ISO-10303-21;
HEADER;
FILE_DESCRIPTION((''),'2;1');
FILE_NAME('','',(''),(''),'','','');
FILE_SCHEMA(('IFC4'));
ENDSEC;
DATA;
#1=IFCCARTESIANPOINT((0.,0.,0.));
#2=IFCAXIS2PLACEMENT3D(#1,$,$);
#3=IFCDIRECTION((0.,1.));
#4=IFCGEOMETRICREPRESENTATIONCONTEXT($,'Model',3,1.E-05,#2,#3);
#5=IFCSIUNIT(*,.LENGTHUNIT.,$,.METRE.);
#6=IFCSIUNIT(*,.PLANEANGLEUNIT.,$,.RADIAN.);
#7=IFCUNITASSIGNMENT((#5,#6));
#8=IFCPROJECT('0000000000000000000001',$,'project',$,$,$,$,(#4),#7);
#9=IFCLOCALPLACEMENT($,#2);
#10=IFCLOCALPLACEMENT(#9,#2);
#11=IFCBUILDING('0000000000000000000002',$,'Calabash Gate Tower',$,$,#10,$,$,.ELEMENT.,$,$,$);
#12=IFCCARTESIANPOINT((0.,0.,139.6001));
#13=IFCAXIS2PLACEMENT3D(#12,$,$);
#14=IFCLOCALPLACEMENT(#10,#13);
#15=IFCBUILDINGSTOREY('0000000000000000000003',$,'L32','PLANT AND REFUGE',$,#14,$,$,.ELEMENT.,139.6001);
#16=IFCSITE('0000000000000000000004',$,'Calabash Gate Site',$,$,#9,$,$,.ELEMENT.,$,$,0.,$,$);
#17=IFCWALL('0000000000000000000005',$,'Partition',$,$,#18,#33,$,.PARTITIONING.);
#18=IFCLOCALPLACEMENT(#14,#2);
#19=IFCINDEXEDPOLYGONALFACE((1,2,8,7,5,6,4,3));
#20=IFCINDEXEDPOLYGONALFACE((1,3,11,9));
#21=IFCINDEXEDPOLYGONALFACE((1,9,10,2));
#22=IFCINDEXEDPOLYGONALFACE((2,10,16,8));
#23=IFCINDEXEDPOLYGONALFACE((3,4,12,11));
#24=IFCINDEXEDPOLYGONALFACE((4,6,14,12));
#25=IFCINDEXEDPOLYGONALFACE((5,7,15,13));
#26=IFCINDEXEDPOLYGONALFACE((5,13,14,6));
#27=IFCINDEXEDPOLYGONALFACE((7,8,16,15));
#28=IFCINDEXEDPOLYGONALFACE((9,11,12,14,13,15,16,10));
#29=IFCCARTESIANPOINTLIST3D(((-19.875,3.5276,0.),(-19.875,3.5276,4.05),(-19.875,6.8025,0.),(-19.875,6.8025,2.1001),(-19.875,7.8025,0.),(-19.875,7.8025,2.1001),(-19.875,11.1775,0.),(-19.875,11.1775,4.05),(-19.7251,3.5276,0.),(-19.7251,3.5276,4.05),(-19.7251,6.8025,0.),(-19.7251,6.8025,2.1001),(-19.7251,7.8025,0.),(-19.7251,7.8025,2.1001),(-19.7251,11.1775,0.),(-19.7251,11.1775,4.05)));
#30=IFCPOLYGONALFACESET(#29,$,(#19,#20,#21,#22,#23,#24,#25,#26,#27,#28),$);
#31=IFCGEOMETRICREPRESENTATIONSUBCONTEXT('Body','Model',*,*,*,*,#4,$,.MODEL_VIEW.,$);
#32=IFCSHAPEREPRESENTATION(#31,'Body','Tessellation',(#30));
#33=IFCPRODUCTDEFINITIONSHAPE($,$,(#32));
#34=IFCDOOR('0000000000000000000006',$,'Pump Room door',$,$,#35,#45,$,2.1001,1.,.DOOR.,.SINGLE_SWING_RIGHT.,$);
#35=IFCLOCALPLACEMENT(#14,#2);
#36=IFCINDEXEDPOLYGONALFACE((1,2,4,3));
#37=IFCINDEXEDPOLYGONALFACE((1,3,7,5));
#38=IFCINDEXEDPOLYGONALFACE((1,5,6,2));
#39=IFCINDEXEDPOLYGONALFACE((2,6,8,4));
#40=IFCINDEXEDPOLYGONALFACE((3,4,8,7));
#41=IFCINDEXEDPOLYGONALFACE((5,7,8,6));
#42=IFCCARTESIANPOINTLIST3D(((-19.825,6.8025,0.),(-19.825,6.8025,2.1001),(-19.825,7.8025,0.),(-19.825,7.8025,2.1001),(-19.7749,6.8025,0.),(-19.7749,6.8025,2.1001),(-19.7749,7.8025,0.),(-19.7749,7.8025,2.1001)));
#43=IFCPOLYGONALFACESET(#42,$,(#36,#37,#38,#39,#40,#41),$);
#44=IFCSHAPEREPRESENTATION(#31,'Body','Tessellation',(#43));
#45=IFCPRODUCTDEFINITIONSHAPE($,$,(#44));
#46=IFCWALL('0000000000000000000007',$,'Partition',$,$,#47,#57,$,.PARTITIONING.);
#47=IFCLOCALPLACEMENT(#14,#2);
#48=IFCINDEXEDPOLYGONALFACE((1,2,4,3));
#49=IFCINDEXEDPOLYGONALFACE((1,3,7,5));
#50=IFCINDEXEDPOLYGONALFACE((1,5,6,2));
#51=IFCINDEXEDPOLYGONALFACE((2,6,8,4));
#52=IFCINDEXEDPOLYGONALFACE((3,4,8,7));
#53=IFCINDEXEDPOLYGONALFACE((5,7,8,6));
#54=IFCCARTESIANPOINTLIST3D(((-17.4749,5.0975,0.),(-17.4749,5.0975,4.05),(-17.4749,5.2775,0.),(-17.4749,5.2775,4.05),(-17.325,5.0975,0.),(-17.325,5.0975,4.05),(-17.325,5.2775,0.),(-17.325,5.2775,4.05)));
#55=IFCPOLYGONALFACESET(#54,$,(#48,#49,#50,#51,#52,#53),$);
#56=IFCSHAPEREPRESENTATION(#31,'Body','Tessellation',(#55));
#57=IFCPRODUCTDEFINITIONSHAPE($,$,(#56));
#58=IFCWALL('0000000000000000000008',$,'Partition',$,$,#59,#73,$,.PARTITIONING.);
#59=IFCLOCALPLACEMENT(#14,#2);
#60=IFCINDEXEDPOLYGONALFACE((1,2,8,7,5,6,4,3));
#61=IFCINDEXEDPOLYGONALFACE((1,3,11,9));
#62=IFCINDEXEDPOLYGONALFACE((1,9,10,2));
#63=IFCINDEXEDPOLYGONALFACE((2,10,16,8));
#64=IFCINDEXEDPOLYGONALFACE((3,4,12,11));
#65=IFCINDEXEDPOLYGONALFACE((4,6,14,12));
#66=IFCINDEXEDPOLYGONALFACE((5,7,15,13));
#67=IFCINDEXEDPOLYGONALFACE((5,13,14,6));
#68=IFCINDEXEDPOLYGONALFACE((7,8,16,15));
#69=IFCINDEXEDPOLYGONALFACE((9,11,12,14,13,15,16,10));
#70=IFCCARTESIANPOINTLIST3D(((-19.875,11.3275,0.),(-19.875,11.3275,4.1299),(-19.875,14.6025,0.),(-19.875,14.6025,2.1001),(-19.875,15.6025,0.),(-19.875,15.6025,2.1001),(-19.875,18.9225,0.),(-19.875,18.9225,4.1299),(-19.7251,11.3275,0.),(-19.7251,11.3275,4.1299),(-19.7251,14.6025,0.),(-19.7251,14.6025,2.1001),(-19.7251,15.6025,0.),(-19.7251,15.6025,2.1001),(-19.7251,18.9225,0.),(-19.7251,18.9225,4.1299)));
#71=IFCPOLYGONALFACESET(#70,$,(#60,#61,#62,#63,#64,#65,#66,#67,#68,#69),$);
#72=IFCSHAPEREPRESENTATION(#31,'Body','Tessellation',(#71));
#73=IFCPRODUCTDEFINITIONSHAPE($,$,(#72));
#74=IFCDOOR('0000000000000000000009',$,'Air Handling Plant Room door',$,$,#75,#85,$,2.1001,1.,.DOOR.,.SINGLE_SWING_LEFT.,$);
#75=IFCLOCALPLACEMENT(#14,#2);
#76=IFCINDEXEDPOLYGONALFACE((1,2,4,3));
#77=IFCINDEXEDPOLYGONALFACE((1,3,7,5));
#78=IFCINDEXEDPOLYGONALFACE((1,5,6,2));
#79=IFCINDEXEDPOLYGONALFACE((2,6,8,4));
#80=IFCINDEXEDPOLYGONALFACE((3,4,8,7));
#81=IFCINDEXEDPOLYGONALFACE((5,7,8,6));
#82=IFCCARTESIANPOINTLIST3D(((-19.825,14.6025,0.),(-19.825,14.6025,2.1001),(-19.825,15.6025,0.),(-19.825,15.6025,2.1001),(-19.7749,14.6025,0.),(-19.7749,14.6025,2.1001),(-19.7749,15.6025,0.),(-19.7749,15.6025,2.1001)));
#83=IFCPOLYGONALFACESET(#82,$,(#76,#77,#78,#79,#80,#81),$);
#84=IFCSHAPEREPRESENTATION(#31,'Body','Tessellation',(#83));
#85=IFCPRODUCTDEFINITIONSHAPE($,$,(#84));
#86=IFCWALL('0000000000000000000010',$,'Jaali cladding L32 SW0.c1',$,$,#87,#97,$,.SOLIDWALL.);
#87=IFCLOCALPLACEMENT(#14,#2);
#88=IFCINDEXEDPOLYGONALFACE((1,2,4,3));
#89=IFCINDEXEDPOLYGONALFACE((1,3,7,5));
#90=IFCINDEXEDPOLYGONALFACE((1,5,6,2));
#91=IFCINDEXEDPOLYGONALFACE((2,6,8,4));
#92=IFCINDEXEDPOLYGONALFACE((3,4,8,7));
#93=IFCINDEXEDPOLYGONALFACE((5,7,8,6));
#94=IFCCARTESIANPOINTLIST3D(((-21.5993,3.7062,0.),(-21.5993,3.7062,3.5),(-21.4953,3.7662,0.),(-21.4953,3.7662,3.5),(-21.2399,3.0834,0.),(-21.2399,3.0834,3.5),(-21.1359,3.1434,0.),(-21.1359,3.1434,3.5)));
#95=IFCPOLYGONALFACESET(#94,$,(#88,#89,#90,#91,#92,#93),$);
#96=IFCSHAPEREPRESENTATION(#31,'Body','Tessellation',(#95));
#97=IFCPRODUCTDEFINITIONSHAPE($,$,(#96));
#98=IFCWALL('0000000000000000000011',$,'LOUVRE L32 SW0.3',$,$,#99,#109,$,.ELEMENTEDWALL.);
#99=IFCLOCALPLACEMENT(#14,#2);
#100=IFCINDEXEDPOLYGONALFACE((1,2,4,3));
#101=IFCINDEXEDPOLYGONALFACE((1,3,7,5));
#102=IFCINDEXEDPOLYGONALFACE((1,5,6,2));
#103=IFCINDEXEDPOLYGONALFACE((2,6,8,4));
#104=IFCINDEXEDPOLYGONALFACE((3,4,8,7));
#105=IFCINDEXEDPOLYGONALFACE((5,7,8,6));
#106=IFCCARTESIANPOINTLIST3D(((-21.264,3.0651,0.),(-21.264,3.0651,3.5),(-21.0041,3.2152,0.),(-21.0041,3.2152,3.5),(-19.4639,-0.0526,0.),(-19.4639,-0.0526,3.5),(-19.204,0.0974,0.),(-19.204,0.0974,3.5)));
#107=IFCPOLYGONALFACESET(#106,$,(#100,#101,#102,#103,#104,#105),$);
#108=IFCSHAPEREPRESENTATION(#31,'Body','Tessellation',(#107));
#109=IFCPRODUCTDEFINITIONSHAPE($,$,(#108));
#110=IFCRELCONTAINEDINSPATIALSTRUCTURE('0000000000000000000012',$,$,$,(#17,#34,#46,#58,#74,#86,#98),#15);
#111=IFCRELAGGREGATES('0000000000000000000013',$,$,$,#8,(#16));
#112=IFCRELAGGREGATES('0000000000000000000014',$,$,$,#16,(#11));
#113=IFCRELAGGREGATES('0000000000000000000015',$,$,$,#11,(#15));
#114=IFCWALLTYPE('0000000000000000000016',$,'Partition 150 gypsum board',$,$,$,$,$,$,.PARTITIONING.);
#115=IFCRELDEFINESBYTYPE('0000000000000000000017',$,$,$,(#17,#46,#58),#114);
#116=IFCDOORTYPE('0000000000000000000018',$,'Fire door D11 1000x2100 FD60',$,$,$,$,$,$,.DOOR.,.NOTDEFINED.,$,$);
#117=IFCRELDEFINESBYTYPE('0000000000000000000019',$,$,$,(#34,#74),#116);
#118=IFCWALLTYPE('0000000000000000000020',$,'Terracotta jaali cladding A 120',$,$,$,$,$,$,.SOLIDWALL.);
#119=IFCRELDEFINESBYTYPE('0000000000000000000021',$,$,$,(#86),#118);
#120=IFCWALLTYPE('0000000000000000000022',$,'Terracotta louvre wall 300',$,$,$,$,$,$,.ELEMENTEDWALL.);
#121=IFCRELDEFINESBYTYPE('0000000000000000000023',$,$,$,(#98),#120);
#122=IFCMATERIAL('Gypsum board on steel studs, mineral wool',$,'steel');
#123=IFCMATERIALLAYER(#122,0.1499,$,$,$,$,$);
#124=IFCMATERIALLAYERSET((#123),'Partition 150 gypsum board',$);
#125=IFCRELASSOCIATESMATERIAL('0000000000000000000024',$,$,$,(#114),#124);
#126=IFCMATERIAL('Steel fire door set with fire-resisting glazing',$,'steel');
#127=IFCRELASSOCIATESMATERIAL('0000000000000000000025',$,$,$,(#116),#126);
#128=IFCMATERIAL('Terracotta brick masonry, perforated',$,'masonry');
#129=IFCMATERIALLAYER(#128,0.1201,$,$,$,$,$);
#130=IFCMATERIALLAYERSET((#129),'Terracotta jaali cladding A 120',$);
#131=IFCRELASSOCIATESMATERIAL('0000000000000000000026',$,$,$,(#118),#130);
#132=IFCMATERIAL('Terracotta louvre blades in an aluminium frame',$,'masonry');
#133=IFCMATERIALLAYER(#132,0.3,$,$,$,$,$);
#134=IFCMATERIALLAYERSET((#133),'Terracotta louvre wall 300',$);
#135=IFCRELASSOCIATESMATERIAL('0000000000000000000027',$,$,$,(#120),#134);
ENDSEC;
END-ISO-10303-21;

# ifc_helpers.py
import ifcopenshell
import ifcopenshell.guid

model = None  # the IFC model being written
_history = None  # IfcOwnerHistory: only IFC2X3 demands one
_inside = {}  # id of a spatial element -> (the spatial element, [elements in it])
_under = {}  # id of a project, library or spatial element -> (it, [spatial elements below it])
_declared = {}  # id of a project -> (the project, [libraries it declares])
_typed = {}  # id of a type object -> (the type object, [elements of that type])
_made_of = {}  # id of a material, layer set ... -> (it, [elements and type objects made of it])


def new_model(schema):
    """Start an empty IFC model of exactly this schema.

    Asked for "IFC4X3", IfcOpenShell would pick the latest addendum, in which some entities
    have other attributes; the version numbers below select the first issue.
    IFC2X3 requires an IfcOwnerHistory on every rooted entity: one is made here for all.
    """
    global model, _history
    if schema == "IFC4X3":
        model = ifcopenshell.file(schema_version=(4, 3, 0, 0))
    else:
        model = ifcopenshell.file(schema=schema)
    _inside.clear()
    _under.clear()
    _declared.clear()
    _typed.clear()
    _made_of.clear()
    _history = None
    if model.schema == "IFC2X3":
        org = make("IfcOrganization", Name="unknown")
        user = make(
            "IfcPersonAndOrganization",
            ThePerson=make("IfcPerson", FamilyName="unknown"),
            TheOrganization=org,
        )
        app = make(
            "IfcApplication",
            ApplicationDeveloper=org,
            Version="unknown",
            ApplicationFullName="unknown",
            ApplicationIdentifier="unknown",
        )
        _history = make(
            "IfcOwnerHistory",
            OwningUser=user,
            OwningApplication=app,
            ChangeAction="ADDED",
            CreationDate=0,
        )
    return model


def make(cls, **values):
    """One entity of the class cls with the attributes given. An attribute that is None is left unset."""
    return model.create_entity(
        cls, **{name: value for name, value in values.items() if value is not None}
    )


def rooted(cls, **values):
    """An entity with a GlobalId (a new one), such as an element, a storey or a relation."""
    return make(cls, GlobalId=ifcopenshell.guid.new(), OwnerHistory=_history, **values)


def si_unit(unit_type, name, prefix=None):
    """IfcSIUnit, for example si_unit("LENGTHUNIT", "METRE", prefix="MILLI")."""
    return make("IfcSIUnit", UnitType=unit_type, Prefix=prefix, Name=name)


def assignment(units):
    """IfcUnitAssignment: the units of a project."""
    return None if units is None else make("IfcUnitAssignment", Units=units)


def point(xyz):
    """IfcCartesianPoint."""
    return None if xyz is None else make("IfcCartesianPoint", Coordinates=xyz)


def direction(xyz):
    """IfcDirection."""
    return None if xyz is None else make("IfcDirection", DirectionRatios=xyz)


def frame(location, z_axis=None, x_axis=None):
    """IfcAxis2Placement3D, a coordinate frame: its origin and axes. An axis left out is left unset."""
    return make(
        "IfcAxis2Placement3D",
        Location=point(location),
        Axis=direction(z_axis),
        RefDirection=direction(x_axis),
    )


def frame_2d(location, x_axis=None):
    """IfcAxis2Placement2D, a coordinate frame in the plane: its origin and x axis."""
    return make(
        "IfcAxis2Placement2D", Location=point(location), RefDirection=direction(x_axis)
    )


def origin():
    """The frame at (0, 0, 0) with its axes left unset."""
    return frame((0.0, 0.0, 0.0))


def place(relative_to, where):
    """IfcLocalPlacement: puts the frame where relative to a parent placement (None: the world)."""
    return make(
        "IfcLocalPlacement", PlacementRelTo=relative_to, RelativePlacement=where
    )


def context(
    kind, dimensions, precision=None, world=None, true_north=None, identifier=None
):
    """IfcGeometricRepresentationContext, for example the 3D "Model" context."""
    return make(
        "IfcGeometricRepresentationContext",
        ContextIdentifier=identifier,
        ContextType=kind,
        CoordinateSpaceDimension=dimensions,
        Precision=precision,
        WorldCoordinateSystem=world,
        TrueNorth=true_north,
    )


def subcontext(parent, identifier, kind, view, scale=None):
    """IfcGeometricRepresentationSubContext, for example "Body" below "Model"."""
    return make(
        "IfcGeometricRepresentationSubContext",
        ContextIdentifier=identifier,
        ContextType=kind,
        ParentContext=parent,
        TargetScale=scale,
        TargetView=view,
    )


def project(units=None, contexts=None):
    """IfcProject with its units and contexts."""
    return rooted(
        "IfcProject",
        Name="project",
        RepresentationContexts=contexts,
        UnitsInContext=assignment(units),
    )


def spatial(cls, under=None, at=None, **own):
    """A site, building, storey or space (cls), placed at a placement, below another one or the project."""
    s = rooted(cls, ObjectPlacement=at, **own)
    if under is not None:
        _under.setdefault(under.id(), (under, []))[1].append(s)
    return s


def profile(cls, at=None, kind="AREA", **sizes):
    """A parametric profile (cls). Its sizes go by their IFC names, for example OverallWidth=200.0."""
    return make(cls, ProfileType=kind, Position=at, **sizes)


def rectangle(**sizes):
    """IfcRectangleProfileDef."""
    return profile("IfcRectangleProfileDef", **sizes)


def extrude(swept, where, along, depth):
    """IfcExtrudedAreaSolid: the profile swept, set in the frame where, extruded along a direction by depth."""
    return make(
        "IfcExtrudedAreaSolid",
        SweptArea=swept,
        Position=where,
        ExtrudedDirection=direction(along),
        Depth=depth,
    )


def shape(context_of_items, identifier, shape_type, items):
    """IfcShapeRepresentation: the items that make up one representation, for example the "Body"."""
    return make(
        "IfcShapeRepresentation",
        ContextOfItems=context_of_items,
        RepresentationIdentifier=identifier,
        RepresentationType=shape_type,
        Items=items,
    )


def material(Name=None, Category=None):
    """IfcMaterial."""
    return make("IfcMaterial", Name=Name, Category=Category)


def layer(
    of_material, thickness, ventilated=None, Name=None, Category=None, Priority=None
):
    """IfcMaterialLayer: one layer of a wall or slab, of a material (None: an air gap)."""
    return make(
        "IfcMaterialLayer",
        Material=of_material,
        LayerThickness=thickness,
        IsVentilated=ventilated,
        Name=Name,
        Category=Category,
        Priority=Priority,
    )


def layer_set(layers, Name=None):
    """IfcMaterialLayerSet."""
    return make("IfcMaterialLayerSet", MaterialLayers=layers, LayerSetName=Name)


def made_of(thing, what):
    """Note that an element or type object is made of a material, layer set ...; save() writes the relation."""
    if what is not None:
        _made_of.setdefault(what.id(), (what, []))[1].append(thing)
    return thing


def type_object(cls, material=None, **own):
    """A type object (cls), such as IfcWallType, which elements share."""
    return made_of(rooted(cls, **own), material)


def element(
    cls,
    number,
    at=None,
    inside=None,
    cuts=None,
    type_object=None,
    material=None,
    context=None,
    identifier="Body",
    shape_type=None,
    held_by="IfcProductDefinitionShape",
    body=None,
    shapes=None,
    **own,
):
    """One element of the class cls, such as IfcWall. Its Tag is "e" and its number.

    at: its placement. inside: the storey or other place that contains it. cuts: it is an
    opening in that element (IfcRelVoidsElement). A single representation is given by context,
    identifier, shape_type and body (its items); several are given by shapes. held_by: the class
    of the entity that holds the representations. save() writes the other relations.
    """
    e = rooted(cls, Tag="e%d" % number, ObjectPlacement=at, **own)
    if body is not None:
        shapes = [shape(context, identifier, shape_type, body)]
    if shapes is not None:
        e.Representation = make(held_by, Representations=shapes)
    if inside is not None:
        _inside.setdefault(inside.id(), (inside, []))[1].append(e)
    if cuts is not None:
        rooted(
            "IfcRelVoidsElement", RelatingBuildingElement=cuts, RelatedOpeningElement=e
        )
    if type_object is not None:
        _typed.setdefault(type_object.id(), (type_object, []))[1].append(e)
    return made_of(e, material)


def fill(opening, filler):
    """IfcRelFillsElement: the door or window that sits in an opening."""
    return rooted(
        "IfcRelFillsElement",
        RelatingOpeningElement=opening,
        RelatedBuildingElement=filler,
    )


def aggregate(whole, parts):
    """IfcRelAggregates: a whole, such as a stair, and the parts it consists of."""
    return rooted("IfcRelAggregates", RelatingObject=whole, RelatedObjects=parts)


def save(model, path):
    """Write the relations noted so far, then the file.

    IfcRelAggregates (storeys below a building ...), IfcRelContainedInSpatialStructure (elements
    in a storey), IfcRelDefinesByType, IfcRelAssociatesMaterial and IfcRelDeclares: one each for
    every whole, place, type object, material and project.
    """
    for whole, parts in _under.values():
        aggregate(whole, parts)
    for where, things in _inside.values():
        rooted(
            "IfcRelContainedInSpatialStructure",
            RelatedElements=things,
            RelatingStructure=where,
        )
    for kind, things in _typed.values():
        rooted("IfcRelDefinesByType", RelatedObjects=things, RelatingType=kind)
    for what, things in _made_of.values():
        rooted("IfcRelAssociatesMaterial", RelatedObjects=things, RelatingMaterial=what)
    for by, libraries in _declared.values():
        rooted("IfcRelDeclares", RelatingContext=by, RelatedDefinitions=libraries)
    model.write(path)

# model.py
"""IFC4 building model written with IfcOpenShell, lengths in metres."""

from ifc_helpers import new_model, si_unit, direction, frame, frame_2d, origin, place, context, subcontext, project, spatial, rectangle, extrude, material, layer, layer_set, type_object, element, fill, save


model = new_model("IFC4")

# Units and contexts
model_context = context("Model", 3, precision=1e-05, world=origin(), true_north=direction((0.0, 1.0)))
body_context = subcontext(model_context, "Body", "Model", "MODEL_VIEW")
ifc_project = project(units=[si_unit("LENGTHUNIT", "METRE"), si_unit("PLANEANGLEUNIT", "RADIAN")], contexts=[model_context])

# Site, building, storey
site_placement = place(None, origin())
site = spatial("IfcSite", under=ifc_project, at=site_placement, Name="Calabash Gate Site", CompositionType="ELEMENT", RefElevation=0.0)
building_placement = place(site_placement, origin())
building = spatial("IfcBuilding", under=site, at=building_placement, Name="Calabash Gate Tower", CompositionType="ELEMENT")
storey_placement = place(building_placement, frame((0.0, 0.0, 139.6001)))
storey = spatial("IfcBuildingStorey", under=building, at=storey_placement, Name="L32", Description="PLANT AND REFUGE", CompositionType="ELEMENT", Elevation=139.6001)

# Wall, opening, door
ifc_material_1 = material(Name="Gypsum board on steel studs, mineral wool", Category="steel")
ifc_layer_1 = layer(ifc_material_1, 0.1499)
ifc_layer_set_1 = layer_set([ifc_layer_1], Name="Partition 150 gypsum board")
wall_type_1 = type_object("IfcWallType", Name="Partition 150 gypsum board", PredefinedType="PARTITIONING", material=ifc_layer_set_1)
wall_1_placement = place(storey_placement, frame((-19.8, 3.5276, 0.0), z_axis=(0.0, 0.0, 1.0), x_axis=(0.0, 1.0, 0.0)))
wall_1 = element("IfcWall", 1, at=wall_1_placement, inside=storey, type_object=wall_type_1, Name="Partition", PredefinedType="PARTITIONING", context=body_context, shape_type="SweptSolid", body=[
    extrude(rectangle(XDim=7.6499, YDim=0.1499, at=frame_2d((3.825, 0.0))), origin(), (0.0, 0.0, 1.0), 4.05),
])
opening_1_placement = place(wall_1_placement, frame((3.2749, 0.0, 0.0)))
opening_1 = element("IfcOpeningElement", 2, at=opening_1_placement, cuts=wall_1, PredefinedType="OPENING", context=body_context, shape_type="SweptSolid", body=[
    extrude(rectangle(XDim=1.0, YDim=2.1001, at=frame_2d((0.5, 1.05))), frame((0.0, 0.085, 0.0), z_axis=(0.0, -1.0, 0.0), x_axis=(1.0, 0.0, 0.0)), (0.0, 0.0, 1.0), 0.1699),
])
ifc_material_2 = material(Name="Steel fire door set with fire-resisting glazing", Category="steel")
door_type_1 = type_object("IfcDoorType", Name="Fire door D11 1000x2100 FD60", OperationType="NOTDEFINED", PredefinedType="DOOR", material=ifc_material_2)
door_1_placement = place(opening_1_placement, origin())
door_1 = element("IfcDoor", 3, at=door_1_placement, inside=storey, type_object=door_type_1, Name="Pump Room door", OperationType="SINGLE_SWING_RIGHT", OverallHeight=2.1001, OverallWidth=1.0, PredefinedType="DOOR", context=body_context, shape_type="SweptSolid", body=[
    extrude(rectangle(XDim=1.0, YDim=2.1001, at=frame_2d((0.5, 1.05))), frame((0.0, 0.0249, 0.0), z_axis=(0.0, -1.0, 0.0), x_axis=(1.0, 0.0, 0.0)), (0.0, 0.0, 1.0), 0.05),
])
fill(opening_1, door_1)

# Wall
wall_2_placement = place(storey_placement, frame((-17.3999, 5.0977, 0.0), z_axis=(0.0, 0.0, 1.0), x_axis=(0.0, 1.0, 0.0)))
element("IfcWall", 4, at=wall_2_placement, inside=storey, type_object=wall_type_1, Name="Partition", PredefinedType="PARTITIONING", context=body_context, shape_type="SweptSolid", body=[
    extrude(rectangle(XDim=0.1799, YDim=0.1499, at=frame_2d((0.0898, 0.0))), origin(), (0.0, 0.0, 1.0), 4.05),
])

# Wall, opening, door
wall_3_placement = place(storey_placement, frame((-19.8, 11.3276, 0.0), z_axis=(0.0, 0.0, 1.0), x_axis=(0.0, 1.0, 0.0)))
wall_3 = element("IfcWall", 5, at=wall_3_placement, inside=storey, type_object=wall_type_1, Name="Partition", PredefinedType="PARTITIONING", context=body_context, shape_type="SweptSolid", body=[
    extrude(rectangle(XDim=7.595, YDim=0.1499, at=frame_2d((3.7974, 0.0))), origin(), (0.0, 0.0, 1.0), 4.1299),
])
opening_2_placement = place(wall_3_placement, frame((3.2749, 0.0, 0.0)))
opening_2 = element("IfcOpeningElement", 6, at=opening_2_placement, cuts=wall_3, PredefinedType="OPENING", context=body_context, shape_type="SweptSolid", body=[
    extrude(rectangle(XDim=1.0, YDim=2.1001, at=frame_2d((0.5, 1.05))), frame((0.0, 0.085, 0.0), z_axis=(0.0, -1.0, 0.0), x_axis=(1.0, 0.0, 0.0)), (0.0, 0.0, 1.0), 0.1699),
])
door_2_placement = place(opening_2_placement, origin())
door_2 = element("IfcDoor", 7, at=door_2_placement, inside=storey, type_object=door_type_1, Name="Air Handling Plant Room door", OperationType="SINGLE_SWING_LEFT", OverallHeight=2.1001, OverallWidth=1.0, PredefinedType="DOOR", context=body_context, shape_type="SweptSolid", body=[
    extrude(rectangle(XDim=1.0, YDim=2.1001, at=frame_2d((0.5, 1.05))), frame((0.0, 0.0249, 0.0), z_axis=(0.0, -1.0, 0.0), x_axis=(1.0, 0.0, 0.0)), (0.0, 0.0, 1.0), 0.05),
])
fill(opening_2, door_2)

# Walls
ifc_material_3 = material(Name="Terracotta brick masonry, perforated", Category="masonry")
ifc_layer_2 = layer(ifc_material_3, 0.1201)
ifc_layer_set_2 = layer_set([ifc_layer_2], Name="Terracotta jaali cladding A 120")
wall_type_2 = type_object("IfcWallType", Name="Terracotta jaali cladding A 120", PredefinedType="SOLIDWALL", material=ifc_layer_set_2)
wall_4_placement = place(storey_placement, frame((-21.188, 3.1135, 0.0), z_axis=(0.0, 0.0, 1.0), x_axis=(-0.499791, 0.866146, 0.0)))
element("IfcWall", 8, at=wall_4_placement, inside=storey, type_object=wall_type_2, Name="Jaali cladding L32 SW0.c1", PredefinedType="SOLIDWALL", context=body_context, shape_type="SweptSolid", body=[
    extrude(rectangle(XDim=0.719, YDim=0.1201, at=frame_2d((0.3594, 0.0))), origin(), (0.0, 0.0, 1.0), 3.5),
])
ifc_material_4 = material(Name="Terracotta louvre blades in an aluminium frame", Category="masonry")
ifc_layer_3 = layer(ifc_material_4, 0.3)
ifc_layer_set_3 = layer_set([ifc_layer_3], Name="Terracotta louvre wall 300")
wall_type_3 = type_object("IfcWallType", Name="Terracotta louvre wall 300", PredefinedType="ELEMENTEDWALL", material=ifc_layer_set_3)
wall_5_placement = place(storey_placement, frame((-21.134, 3.1401, 0.0), z_axis=(0.0, 0.0, 1.0), x_axis=(0.500012, -0.866018, 0.0)))
element("IfcWall", 9, at=wall_5_placement, inside=storey, type_object=wall_type_3, Name="LOUVRE L32 SW0.3", PredefinedType="ELEMENTEDWALL", context=body_context, shape_type="SweptSolid", body=[
    extrude(rectangle(XDim=3.6001, YDim=0.3, at=frame_2d((1.8, 0.0))), origin(), (0.0, 0.0, 1.0), 3.5),
])

save(model, "model.ifc")
